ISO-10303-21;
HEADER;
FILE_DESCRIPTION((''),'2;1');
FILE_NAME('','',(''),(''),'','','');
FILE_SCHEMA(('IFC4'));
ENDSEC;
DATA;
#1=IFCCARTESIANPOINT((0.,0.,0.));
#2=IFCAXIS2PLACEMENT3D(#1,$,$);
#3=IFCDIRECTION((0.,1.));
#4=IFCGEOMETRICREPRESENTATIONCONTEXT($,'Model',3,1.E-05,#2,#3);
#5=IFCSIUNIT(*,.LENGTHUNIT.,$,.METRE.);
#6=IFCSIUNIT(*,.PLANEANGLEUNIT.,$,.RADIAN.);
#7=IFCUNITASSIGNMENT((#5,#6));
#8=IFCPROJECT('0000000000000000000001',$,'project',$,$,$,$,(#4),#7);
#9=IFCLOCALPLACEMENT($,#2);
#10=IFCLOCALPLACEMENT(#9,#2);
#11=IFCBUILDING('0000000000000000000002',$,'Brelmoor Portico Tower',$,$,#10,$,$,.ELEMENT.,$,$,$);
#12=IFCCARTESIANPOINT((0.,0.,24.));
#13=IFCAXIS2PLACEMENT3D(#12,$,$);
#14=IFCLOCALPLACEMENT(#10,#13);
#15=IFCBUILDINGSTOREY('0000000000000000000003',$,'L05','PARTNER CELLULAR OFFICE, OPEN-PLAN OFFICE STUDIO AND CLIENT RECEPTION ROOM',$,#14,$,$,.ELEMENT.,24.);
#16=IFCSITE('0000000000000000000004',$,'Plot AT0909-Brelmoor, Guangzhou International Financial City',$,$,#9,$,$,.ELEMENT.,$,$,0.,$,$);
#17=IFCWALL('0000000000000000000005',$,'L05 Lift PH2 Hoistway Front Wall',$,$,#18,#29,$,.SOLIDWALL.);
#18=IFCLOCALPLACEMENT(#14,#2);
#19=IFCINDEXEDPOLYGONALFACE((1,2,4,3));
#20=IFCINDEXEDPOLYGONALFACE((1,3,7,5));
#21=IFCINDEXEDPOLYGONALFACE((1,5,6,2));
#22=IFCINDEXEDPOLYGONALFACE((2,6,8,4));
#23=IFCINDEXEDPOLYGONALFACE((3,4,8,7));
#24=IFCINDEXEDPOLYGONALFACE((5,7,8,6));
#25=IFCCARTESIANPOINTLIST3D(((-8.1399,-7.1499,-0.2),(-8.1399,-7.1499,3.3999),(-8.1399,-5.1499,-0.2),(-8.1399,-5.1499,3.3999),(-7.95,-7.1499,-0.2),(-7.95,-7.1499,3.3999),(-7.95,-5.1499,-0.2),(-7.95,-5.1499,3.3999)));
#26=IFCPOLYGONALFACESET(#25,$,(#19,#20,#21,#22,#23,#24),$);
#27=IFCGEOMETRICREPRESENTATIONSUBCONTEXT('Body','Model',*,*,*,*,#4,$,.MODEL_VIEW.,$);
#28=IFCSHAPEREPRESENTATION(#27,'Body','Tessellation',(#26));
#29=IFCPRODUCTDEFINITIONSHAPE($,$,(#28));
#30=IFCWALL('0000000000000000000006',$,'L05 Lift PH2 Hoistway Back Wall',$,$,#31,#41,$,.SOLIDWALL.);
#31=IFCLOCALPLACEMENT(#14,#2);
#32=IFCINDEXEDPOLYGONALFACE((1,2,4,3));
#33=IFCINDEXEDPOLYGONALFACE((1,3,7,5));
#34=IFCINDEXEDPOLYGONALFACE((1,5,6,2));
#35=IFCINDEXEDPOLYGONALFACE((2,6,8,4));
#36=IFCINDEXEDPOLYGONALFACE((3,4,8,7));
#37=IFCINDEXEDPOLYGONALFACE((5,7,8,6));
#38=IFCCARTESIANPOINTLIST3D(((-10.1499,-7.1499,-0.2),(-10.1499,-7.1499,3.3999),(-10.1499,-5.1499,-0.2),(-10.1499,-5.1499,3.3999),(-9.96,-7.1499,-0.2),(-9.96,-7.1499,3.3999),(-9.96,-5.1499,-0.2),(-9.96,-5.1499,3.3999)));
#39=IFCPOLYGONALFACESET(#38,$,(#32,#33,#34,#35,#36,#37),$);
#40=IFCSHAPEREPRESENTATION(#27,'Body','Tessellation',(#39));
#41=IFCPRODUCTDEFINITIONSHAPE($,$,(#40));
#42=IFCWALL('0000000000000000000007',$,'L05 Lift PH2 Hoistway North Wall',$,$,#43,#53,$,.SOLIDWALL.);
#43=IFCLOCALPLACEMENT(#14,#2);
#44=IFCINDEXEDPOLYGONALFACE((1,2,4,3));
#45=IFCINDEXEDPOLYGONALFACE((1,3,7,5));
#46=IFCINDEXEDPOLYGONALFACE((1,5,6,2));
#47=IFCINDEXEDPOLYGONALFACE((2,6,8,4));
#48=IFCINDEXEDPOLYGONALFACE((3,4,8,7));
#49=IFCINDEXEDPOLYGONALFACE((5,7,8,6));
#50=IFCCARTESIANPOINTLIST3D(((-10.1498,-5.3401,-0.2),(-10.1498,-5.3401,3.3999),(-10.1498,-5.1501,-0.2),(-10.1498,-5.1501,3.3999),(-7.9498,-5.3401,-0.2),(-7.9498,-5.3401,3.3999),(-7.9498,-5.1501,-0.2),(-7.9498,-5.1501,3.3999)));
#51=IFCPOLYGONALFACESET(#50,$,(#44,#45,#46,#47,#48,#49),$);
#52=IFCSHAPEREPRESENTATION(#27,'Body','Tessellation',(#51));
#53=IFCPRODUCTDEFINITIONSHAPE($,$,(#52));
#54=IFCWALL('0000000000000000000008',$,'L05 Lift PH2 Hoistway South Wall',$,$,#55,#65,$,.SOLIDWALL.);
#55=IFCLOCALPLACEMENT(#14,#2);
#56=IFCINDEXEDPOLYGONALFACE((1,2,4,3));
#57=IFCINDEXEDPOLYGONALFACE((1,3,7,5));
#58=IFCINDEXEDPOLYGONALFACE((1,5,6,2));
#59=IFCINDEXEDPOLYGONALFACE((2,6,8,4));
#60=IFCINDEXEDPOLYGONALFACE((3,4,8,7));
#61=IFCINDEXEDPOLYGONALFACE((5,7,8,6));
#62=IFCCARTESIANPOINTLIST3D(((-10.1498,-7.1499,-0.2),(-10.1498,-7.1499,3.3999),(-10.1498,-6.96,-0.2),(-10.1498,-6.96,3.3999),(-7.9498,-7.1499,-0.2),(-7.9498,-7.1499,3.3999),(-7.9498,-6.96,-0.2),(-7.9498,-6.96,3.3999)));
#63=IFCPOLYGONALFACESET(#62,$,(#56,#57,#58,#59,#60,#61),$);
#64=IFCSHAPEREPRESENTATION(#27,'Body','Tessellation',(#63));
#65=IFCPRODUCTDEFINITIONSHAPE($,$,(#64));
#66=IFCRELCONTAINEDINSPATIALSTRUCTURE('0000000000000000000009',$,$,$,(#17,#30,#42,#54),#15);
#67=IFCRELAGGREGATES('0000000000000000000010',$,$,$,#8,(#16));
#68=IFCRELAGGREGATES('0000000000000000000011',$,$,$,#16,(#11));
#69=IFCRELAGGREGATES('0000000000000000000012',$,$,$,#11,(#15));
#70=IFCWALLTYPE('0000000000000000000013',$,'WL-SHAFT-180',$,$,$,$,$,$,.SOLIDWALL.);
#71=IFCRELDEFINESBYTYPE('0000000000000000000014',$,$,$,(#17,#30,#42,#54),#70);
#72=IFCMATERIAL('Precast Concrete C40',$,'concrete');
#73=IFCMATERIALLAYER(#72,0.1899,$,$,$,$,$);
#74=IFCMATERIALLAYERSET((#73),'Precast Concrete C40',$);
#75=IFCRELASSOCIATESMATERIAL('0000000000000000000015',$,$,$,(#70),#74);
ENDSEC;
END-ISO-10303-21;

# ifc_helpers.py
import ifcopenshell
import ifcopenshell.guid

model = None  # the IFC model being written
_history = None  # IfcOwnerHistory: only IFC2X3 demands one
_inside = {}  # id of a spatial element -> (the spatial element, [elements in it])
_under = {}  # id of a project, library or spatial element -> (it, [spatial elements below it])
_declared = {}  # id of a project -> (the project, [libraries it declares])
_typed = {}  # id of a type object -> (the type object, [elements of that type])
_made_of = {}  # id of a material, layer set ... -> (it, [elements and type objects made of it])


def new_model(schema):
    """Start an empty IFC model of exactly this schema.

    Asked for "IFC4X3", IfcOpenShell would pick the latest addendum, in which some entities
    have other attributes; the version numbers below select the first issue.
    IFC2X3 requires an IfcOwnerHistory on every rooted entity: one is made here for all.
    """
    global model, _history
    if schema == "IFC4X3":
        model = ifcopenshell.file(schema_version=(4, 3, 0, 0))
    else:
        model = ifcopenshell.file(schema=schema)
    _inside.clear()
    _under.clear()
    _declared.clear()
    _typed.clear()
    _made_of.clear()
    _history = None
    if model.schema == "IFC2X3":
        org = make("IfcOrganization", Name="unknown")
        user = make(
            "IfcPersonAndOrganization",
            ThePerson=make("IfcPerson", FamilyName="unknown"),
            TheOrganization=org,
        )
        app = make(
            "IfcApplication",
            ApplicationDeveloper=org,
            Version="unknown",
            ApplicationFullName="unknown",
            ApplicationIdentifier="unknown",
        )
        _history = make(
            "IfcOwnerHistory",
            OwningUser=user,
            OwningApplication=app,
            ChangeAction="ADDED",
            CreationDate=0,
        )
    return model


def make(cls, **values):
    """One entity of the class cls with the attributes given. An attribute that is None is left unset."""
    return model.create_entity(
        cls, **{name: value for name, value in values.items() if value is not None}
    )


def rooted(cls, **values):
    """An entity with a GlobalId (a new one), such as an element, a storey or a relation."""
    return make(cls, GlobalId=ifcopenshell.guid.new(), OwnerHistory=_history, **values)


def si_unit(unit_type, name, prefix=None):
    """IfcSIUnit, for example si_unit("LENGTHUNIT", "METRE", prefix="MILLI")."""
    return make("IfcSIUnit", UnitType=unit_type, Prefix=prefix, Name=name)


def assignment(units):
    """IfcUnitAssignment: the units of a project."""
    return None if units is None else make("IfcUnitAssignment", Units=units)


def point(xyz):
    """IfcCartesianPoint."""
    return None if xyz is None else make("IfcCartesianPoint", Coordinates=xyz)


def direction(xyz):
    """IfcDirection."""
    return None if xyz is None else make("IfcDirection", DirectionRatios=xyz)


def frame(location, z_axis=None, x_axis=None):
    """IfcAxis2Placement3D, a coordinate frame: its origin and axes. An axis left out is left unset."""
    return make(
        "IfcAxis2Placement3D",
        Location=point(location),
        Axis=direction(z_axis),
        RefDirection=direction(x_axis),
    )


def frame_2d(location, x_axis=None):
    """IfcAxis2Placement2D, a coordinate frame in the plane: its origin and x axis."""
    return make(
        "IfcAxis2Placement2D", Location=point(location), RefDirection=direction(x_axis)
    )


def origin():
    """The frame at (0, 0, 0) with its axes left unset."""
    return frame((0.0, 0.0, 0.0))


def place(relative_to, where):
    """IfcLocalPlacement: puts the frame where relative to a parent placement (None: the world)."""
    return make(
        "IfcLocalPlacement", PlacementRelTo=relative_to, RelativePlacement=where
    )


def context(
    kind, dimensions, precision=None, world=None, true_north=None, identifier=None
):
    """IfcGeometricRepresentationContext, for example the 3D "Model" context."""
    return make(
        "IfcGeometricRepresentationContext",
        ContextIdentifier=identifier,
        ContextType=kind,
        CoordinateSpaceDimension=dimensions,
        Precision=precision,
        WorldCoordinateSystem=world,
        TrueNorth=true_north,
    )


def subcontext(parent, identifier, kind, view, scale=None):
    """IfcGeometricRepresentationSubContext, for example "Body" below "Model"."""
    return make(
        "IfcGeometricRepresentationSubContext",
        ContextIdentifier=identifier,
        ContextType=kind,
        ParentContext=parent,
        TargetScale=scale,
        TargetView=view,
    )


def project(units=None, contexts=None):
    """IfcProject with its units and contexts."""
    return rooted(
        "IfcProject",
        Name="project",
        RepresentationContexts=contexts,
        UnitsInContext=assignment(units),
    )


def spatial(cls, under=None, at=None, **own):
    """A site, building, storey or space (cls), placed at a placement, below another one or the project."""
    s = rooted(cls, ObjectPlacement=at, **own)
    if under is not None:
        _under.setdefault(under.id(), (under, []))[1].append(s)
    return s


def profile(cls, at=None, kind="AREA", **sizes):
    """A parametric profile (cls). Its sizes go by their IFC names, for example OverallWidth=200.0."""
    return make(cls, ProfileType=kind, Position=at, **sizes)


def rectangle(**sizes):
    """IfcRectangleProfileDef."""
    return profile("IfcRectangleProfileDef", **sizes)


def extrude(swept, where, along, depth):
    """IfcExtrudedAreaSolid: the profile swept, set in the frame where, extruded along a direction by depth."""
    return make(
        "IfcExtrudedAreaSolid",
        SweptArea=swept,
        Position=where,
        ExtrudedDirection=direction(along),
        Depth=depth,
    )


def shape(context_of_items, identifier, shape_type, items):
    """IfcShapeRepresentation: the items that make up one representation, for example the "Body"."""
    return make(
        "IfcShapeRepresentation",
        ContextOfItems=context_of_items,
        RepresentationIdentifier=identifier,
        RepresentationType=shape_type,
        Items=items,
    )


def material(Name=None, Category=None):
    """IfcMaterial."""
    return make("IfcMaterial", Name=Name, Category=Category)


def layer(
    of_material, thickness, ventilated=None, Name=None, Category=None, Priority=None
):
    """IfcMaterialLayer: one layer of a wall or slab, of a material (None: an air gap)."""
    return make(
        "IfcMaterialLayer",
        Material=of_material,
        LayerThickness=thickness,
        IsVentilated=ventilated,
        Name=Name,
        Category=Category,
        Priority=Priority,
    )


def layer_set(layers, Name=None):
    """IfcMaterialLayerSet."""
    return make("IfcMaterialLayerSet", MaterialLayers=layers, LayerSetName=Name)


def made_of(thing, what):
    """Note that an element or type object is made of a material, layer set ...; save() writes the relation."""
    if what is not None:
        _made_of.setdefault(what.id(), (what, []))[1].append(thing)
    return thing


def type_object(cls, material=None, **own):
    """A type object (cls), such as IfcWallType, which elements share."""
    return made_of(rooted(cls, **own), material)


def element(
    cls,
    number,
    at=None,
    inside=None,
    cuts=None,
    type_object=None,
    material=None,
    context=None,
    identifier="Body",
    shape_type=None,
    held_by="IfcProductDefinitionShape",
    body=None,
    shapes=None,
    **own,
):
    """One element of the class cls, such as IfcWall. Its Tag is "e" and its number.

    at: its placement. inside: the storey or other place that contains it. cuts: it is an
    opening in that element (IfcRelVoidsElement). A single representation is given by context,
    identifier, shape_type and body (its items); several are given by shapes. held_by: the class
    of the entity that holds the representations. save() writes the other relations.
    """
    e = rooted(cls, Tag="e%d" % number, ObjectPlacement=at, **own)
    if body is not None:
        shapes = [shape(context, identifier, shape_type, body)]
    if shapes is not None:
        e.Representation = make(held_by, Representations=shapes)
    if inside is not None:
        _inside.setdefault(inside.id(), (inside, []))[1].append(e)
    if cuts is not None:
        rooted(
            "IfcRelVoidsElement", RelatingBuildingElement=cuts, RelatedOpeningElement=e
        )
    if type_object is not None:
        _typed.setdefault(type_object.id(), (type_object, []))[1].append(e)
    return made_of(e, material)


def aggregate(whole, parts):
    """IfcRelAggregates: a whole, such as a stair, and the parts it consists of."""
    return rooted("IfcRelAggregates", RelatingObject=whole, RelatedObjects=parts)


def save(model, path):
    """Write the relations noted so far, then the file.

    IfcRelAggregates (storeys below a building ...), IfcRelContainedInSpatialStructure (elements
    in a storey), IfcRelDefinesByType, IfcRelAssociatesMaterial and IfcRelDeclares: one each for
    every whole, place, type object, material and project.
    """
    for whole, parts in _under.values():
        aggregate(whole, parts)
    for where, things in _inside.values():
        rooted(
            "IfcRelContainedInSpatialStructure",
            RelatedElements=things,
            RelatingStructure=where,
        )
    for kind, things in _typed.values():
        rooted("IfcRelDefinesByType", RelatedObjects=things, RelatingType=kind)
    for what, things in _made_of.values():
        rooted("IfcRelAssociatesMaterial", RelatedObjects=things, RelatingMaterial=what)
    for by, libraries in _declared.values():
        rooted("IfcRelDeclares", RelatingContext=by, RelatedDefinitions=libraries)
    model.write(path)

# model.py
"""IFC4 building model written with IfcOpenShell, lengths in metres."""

from ifc_helpers import new_model, si_unit, direction, frame, frame_2d, origin, place, context, subcontext, project, spatial, rectangle, extrude, material, layer, layer_set, type_object, element, save


model = new_model("IFC4")

# Units and contexts
model_context = context("Model", 3, precision=1e-05, world=origin(), true_north=direction((0.0, 1.0)))
body_context = subcontext(model_context, "Body", "Model", "MODEL_VIEW")
ifc_project = project(units=[si_unit("LENGTHUNIT", "METRE"), si_unit("PLANEANGLEUNIT", "RADIAN")], contexts=[model_context])

# Site, building, storey
site_placement = place(None, origin())
site = spatial("IfcSite", under=ifc_project, at=site_placement, Name="Plot AT0909-Brelmoor, Guangzhou International Financial City", CompositionType="ELEMENT", RefElevation=0.0)
building_placement = place(site_placement, origin())
building = spatial("IfcBuilding", under=site, at=building_placement, Name="Brelmoor Portico Tower", CompositionType="ELEMENT")
storey_placement = place(building_placement, frame((0.0, 0.0, 24.0)))
storey = spatial("IfcBuildingStorey", under=building, at=storey_placement, Name="L05", Description="PARTNER CELLULAR OFFICE, OPEN-PLAN OFFICE STUDIO AND CLIENT RECEPTION ROOM", CompositionType="ELEMENT", Elevation=24.0)

# Walls
ifc_material_1 = material(Name="Precast Concrete C40", Category="concrete")
ifc_layer_1 = layer(ifc_material_1, 0.1899)
ifc_layer_set_1 = layer_set([ifc_layer_1], Name="Precast Concrete C40")
wall_type_1 = type_object("IfcWallType", Name="WL-SHAFT-180", PredefinedType="SOLIDWALL", material=ifc_layer_set_1)
for number, where, z_axis, x_axis, name in (
    (1, (-8.0449, -7.1499, -0.2), (0.0, 0.0, 1.0), (0.0, 1.0, 0.0), "L05 Lift PH2 Hoistway Front Wall"),
    (2, (-10.0549, -7.1499, -0.2), (0.0, 0.0, 1.0), (0.0, 1.0, 0.0), "L05 Lift PH2 Hoistway Back Wall"),
):
    element("IfcWall", number, at=place(storey_placement, frame(where, z_axis=z_axis, x_axis=x_axis)), inside=storey, type_object=wall_type_1, Name=name, PredefinedType="SOLIDWALL", context=body_context, shape_type="SweptSolid", body=[
        extrude(rectangle(XDim=2.0, YDim=0.1899, at=frame_2d((1.0, 0.0))), origin(), (0.0, 0.0, 1.0), 3.5999),
    ])
for number, where, z_axis, x_axis, name in (
    (3, (-10.1499, -5.2451, -0.2), (0.0, 0.0, 1.0), (1.0, 0.0, 0.0), "L05 Lift PH2 Hoistway North Wall"),
    (4, (-10.1499, -7.0549, -0.2), (0.0, 0.0, 1.0), (1.0, 0.0, 0.0), "L05 Lift PH2 Hoistway South Wall"),
):
    element("IfcWall", number, at=place(storey_placement, frame(where, z_axis=z_axis, x_axis=x_axis)), inside=storey, type_object=wall_type_1, Name=name, PredefinedType="SOLIDWALL", context=body_context, shape_type="SweptSolid", body=[
        extrude(rectangle(XDim=2.2, YDim=0.1899, at=frame_2d((1.1001, 0.0))), origin(), (0.0, 0.0, 1.0), 3.5999),
    ])

save(model, "model.ifc")
